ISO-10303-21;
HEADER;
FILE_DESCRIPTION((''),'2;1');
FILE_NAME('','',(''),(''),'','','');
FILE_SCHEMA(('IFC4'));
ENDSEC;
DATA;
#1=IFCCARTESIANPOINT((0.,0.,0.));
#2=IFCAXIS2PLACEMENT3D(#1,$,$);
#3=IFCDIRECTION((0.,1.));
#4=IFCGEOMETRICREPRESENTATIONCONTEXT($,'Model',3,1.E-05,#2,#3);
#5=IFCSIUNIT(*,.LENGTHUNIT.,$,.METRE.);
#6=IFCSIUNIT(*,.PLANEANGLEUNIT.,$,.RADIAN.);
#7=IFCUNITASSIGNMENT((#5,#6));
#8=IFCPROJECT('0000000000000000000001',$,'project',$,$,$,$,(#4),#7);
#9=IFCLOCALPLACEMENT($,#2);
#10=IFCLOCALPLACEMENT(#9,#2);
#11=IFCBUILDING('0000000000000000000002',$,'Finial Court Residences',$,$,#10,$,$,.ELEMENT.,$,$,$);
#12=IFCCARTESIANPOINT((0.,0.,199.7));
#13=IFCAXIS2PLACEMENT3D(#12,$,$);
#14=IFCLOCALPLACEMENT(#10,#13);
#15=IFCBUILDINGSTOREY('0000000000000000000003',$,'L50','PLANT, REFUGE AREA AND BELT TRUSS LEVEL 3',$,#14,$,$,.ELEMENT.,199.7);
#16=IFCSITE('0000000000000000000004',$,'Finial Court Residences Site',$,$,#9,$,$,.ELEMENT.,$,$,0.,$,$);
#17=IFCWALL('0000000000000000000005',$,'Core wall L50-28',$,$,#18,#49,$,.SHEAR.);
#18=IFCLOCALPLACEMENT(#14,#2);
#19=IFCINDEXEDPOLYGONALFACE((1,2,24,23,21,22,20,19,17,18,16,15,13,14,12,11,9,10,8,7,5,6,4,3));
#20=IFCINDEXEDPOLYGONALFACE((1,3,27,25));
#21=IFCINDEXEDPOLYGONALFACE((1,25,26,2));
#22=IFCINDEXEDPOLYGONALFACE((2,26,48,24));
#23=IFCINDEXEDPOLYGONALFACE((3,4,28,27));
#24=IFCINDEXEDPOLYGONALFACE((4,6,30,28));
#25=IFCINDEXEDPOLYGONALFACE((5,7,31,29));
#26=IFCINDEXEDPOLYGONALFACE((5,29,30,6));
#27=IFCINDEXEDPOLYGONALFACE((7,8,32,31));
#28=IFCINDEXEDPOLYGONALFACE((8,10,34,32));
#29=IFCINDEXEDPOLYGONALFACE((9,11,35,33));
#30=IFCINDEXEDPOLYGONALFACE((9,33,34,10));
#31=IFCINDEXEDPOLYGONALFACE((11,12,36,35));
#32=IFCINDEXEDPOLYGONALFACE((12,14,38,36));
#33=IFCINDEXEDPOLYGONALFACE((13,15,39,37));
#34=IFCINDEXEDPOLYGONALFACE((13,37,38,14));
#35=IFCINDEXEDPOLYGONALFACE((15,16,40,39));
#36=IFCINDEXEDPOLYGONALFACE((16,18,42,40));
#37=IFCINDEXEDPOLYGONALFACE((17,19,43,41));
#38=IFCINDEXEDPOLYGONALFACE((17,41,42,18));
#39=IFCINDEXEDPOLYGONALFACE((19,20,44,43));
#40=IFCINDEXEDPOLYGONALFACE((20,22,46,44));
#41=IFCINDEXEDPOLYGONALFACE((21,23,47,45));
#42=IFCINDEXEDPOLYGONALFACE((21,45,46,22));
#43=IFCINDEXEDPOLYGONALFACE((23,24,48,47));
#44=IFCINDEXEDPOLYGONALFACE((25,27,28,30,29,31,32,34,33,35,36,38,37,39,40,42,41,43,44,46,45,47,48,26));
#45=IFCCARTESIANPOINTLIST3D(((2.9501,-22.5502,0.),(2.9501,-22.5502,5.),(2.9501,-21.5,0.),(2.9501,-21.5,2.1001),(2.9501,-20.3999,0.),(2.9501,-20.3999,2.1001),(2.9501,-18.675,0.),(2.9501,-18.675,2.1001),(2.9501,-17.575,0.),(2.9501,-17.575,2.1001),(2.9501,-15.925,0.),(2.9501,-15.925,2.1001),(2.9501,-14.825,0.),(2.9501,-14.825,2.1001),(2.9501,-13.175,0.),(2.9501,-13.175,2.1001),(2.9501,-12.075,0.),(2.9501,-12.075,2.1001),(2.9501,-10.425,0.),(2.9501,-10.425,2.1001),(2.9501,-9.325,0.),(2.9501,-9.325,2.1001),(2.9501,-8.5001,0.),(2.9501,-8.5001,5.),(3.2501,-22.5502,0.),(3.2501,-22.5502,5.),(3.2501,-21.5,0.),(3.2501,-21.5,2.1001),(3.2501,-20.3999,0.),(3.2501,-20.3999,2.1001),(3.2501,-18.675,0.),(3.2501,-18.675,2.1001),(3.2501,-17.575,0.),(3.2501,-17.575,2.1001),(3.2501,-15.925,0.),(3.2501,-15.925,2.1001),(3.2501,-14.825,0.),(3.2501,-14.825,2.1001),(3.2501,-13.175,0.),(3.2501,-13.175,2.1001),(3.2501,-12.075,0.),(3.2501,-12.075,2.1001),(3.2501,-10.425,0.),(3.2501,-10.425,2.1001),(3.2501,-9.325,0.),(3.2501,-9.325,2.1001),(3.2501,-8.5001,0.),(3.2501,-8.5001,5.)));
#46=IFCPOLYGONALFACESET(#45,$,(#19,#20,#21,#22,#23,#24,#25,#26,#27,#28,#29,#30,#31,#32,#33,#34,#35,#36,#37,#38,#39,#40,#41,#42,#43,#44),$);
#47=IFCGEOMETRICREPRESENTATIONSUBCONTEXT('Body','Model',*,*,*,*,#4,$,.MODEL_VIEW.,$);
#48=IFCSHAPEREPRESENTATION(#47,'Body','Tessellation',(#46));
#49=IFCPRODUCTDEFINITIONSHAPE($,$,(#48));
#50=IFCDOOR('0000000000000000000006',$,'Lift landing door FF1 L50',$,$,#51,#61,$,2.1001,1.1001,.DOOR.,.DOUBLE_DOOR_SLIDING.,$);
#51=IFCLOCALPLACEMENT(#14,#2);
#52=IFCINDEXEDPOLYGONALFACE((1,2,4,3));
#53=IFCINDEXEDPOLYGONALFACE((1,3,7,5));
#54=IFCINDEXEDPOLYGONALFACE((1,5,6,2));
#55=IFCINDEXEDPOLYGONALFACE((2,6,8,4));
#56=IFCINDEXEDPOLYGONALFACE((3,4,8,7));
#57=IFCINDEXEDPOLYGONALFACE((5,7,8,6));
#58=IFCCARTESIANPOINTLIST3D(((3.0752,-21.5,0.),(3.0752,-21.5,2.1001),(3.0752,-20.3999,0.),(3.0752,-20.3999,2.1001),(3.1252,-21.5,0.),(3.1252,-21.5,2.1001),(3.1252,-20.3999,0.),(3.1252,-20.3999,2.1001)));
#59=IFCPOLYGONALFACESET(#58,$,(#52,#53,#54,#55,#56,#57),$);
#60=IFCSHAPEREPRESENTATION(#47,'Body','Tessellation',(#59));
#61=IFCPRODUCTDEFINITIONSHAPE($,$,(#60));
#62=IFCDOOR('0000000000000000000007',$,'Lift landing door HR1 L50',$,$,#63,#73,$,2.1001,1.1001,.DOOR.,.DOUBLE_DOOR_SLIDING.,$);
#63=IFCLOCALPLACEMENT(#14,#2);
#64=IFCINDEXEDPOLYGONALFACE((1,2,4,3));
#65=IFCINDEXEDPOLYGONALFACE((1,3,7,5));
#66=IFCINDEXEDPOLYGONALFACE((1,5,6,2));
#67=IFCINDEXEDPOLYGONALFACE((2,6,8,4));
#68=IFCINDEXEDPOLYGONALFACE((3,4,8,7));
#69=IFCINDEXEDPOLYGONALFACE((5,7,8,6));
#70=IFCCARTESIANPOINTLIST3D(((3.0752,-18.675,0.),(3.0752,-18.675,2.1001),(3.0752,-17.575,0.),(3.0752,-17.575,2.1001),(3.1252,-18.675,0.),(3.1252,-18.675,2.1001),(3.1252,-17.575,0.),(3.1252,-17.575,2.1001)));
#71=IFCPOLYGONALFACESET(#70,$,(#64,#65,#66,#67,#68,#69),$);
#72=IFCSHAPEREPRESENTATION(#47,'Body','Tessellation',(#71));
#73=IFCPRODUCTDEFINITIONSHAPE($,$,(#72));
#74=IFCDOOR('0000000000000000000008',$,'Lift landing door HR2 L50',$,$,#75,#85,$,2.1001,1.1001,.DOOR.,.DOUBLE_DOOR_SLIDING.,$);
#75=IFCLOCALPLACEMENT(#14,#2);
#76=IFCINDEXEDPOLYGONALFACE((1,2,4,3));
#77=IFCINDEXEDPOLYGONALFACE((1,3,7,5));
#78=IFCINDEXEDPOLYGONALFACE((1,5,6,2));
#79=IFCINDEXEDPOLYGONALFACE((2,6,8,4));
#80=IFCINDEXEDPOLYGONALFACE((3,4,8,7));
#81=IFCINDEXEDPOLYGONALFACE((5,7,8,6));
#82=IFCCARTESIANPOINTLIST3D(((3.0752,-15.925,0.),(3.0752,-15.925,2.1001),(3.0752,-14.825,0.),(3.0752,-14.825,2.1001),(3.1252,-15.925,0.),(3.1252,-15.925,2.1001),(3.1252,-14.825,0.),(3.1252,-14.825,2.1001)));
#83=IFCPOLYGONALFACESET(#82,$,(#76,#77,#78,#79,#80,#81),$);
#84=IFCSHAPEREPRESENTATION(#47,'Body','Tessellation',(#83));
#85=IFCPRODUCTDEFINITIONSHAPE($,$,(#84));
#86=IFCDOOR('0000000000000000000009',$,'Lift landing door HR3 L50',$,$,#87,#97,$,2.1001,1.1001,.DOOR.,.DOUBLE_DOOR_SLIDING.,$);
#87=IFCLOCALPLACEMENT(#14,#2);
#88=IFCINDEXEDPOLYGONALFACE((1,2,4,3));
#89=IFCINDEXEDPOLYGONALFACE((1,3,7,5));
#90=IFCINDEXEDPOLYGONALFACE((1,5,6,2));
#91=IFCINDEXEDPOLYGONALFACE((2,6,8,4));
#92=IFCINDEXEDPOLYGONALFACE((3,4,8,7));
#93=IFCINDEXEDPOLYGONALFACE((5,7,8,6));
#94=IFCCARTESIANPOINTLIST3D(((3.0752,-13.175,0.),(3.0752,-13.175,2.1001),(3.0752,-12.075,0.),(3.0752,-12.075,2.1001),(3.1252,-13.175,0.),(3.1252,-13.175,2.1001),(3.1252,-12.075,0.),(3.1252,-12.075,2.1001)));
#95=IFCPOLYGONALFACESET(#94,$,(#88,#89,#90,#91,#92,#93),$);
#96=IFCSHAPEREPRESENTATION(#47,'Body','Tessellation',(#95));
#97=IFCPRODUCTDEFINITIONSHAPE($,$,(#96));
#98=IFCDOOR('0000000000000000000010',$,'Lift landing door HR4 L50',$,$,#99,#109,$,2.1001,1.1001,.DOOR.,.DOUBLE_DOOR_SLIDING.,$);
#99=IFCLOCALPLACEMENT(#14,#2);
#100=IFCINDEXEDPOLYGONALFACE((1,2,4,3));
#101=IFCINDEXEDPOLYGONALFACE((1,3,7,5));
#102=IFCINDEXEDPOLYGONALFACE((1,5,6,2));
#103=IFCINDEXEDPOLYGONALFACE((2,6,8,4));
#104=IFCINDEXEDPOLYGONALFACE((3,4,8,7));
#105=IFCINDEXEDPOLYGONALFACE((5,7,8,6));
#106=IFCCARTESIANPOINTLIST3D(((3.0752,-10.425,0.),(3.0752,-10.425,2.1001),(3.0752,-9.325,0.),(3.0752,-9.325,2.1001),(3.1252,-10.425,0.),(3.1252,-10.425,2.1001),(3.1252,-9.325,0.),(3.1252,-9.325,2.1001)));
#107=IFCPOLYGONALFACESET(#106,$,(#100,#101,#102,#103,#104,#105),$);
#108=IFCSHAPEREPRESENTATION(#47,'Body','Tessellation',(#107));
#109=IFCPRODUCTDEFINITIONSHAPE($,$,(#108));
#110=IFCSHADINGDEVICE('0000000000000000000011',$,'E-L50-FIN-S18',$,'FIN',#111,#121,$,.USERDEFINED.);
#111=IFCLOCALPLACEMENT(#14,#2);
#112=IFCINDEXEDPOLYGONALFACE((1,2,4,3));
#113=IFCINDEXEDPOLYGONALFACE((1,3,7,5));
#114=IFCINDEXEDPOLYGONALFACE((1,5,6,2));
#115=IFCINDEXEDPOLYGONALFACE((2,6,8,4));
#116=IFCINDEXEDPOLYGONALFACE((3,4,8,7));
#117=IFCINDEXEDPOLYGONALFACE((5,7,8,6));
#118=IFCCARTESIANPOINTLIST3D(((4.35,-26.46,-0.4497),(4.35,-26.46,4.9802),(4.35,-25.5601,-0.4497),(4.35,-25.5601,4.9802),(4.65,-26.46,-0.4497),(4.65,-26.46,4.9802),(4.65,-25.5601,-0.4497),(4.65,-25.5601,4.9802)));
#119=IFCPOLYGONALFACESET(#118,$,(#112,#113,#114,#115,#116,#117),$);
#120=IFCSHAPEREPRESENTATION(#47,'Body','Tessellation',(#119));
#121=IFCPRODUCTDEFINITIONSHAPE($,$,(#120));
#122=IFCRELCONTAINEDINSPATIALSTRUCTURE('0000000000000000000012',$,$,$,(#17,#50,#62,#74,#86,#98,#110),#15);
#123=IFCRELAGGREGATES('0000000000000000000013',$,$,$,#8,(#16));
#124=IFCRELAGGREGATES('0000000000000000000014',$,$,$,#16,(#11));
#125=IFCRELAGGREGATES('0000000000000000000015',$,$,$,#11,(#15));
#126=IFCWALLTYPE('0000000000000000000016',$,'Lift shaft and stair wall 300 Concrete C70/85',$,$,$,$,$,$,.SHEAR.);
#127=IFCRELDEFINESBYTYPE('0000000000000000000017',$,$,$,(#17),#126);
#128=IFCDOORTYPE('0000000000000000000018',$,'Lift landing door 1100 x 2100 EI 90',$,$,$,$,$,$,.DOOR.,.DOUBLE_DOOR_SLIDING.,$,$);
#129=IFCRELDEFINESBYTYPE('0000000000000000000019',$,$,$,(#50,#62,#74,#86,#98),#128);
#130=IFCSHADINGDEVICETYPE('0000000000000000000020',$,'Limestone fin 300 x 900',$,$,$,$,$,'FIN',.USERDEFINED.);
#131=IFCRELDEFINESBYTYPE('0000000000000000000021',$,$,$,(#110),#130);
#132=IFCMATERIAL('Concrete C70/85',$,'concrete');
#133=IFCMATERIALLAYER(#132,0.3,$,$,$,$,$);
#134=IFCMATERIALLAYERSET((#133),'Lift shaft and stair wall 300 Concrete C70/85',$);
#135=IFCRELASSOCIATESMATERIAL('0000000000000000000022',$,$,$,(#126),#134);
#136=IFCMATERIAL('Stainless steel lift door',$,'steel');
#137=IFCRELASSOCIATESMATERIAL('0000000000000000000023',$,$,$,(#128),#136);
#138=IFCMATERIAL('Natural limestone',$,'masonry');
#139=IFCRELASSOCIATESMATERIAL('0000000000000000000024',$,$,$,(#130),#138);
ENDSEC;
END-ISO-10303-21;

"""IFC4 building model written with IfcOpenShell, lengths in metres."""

from ifc_helpers import new_model, si_unit, direction, frame, frame_2d, origin, origin_2d, place, context, subcontext, project, spatial, rectangle, extrude, material, layer, layer_set, type_object, element, fill, save


model = new_model("IFC4")

# Units and contexts
model_context = context("Model", 3, precision=1e-05, world=origin(), true_north=direction((0.0, 1.0)))
body_context = subcontext(model_context, "Body", "Model", "MODEL_VIEW")
ifc_project = project(units=[si_unit("LENGTHUNIT", "METRE"), si_unit("PLANEANGLEUNIT", "RADIAN")], contexts=[model_context])

# Site, building, storey
site_placement = place(None, origin())
site = spatial("IfcSite", under=ifc_project, at=site_placement, Name="Finial Court Residences Site", CompositionType="ELEMENT", RefElevation=0.0)
building_placement = place(site_placement, origin())
building = spatial("IfcBuilding", under=site, at=building_placement, Name="Finial Court Residences", CompositionType="ELEMENT")
storey_placement = place(building_placement, frame((0.0, 0.0, 199.7)))
storey = spatial("IfcBuildingStorey", under=building, at=storey_placement, Name="L50", Description="PLANT, REFUGE AREA AND BELT TRUSS LEVEL 3", CompositionType="ELEMENT", Elevation=199.7)

# Shared definitions
ifc_material_1 = material(Name="Concrete C70/85", Category="concrete")
ifc_layer_1 = layer(ifc_material_1, 0.3)
ifc_layer_set_1 = layer_set([ifc_layer_1], Name="Lift shaft and stair wall 300 Concrete C70/85")
wall_type_1 = type_object("IfcWallType", Name="Lift shaft and stair wall 300 Concrete C70/85", PredefinedType="SHEAR", material=ifc_layer_set_1)

# Wall, openings, doors
wall_1_placement = place(storey_placement, frame((3.1001, -22.55, 0.0), z_axis=(0.0, 0.0, 1.0), x_axis=(0.0, 1.0, 0.0)))
wall_1 = element("IfcWall", 1, at=wall_1_placement, inside=storey, type_object=wall_type_1, Name="Core wall L50-28", PredefinedType="SHEAR", context=body_context, shape_type="SweptSolid", body=[
    extrude(rectangle(XDim=14.05, YDim=0.3, at=frame_2d((7.0249, 0.0))), origin(), (0.0, 0.0, 1.0), 5.0),
])
opening_1_placement = place(wall_1_placement, frame((1.05, 0.0, 0.0)))
opening_1 = element("IfcOpeningElement", 2, at=opening_1_placement, cuts=wall_1, PredefinedType="OPENING", context=body_context, shape_type="SweptSolid", body=[
    extrude(rectangle(XDim=1.1001, YDim=2.1001, at=frame_2d((0.55, 1.05))), frame((0.0, 0.1599, 0.0), z_axis=(0.0, -1.0, 0.0), x_axis=(1.0, 0.0, 0.0)), (0.0, 0.0, 1.0), 0.3201),
])
opening_2_placement = place(wall_1_placement, frame((3.875, 0.0, 0.0)))
opening_2 = element("IfcOpeningElement", 3, at=opening_2_placement, cuts=wall_1, PredefinedType="OPENING", context=body_context, shape_type="SweptSolid", body=[
    extrude(rectangle(XDim=1.1001, YDim=2.1001, at=frame_2d((0.55, 1.05))), frame((0.0, 0.1599, 0.0), z_axis=(0.0, -1.0, 0.0), x_axis=(1.0, 0.0, 0.0)), (0.0, 0.0, 1.0), 0.3201),
])
opening_3_placement = place(wall_1_placement, frame((6.625, 0.0, 0.0)))
opening_3 = element("IfcOpeningElement", 4, at=opening_3_placement, cuts=wall_1, PredefinedType="OPENING", context=body_context, shape_type="SweptSolid", body=[
    extrude(rectangle(XDim=1.1001, YDim=2.1001, at=frame_2d((0.55, 1.05))), frame((0.0, 0.1599, 0.0), z_axis=(0.0, -1.0, 0.0), x_axis=(1.0, 0.0, 0.0)), (0.0, 0.0, 1.0), 0.3201),
])
opening_4_placement = place(wall_1_placement, frame((9.375, 0.0, 0.0)))
opening_4 = element("IfcOpeningElement", 5, at=opening_4_placement, cuts=wall_1, PredefinedType="OPENING", context=body_context, shape_type="SweptSolid", body=[
    extrude(rectangle(XDim=1.1001, YDim=2.1001, at=frame_2d((0.55, 1.05))), frame((0.0, 0.1599, 0.0), z_axis=(0.0, -1.0, 0.0), x_axis=(1.0, 0.0, 0.0)), (0.0, 0.0, 1.0), 0.3201),
])
opening_5_placement = place(wall_1_placement, frame((12.125, 0.0, 0.0)))
opening_5 = element("IfcOpeningElement", 6, at=opening_5_placement, cuts=wall_1, PredefinedType="OPENING", context=body_context, shape_type="SweptSolid", body=[
    extrude(rectangle(XDim=1.1001, YDim=2.1001, at=frame_2d((0.55, 1.05))), frame((0.0, 0.1599, 0.0), z_axis=(0.0, -1.0, 0.0), x_axis=(1.0, 0.0, 0.0)), (0.0, 0.0, 1.0), 0.3201),
])
ifc_material_2 = material(Name="Stainless steel lift door", Category="steel")
door_type_1 = type_object("IfcDoorType", Name="Lift landing door 1100 x 2100 EI 90", OperationType="DOUBLE_DOOR_SLIDING", PredefinedType="DOOR", material=ifc_material_2)
door_1_placement = place(opening_1_placement, origin())
door_1 = element("IfcDoor", 7, at=door_1_placement, inside=storey, type_object=door_type_1, Name="Lift landing door FF1 L50", OperationType="DOUBLE_DOOR_SLIDING", OverallHeight=2.1001, OverallWidth=1.1001, PredefinedType="DOOR", context=body_context, shape_type="SweptSolid", body=[
    extrude(rectangle(XDim=1.1001, YDim=2.1001, at=frame_2d((0.55, 1.05))), frame((0.0, 0.0249, 0.0), z_axis=(0.0, -1.0, 0.0), x_axis=(1.0, 0.0, 0.0)), (0.0, 0.0, 1.0), 0.05),
])
fill(opening_1, door_1)
door_2_placement = place(opening_2_placement, origin())
door_2 = element("IfcDoor", 8, at=door_2_placement, inside=storey, type_object=door_type_1, Name="Lift landing door HR1 L50", OperationType="DOUBLE_DOOR_SLIDING", OverallHeight=2.1001, OverallWidth=1.1001, PredefinedType="DOOR", context=body_context, shape_type="SweptSolid", body=[
    extrude(rectangle(XDim=1.1001, YDim=2.1001, at=frame_2d((0.55, 1.05))), frame((0.0, 0.0249, 0.0), z_axis=(0.0, -1.0, 0.0), x_axis=(1.0, 0.0, 0.0)), (0.0, 0.0, 1.0), 0.05),
])
fill(opening_2, door_2)
door_3_placement = place(opening_3_placement, origin())
door_3 = element("IfcDoor", 9, at=door_3_placement, inside=storey, type_object=door_type_1, Name="Lift landing door HR2 L50", OperationType="DOUBLE_DOOR_SLIDING", OverallHeight=2.1001, OverallWidth=1.1001, PredefinedType="DOOR", context=body_context, shape_type="SweptSolid", body=[
    extrude(rectangle(XDim=1.1001, YDim=2.1001, at=frame_2d((0.55, 1.05))), frame((0.0, 0.0249, 0.0), z_axis=(0.0, -1.0, 0.0), x_axis=(1.0, 0.0, 0.0)), (0.0, 0.0, 1.0), 0.05),
])
fill(opening_3, door_3)
door_4_placement = place(opening_4_placement, origin())
door_4 = element("IfcDoor", 10, at=door_4_placement, inside=storey, type_object=door_type_1, Name="Lift landing door HR3 L50", OperationType="DOUBLE_DOOR_SLIDING", OverallHeight=2.1001, OverallWidth=1.1001, PredefinedType="DOOR", context=body_context, shape_type="SweptSolid", body=[
    extrude(rectangle(XDim=1.1001, YDim=2.1001, at=frame_2d((0.55, 1.05))), frame((0.0, 0.0249, 0.0), z_axis=(0.0, -1.0, 0.0), x_axis=(1.0, 0.0, 0.0)), (0.0, 0.0, 1.0), 0.05),
])
fill(opening_4, door_4)
door_5_placement = place(opening_5_placement, origin())
door_5 = element("IfcDoor", 11, at=door_5_placement, inside=storey, type_object=door_type_1, Name="Lift landing door HR4 L50", OperationType="DOUBLE_DOOR_SLIDING", OverallHeight=2.1001, OverallWidth=1.1001, PredefinedType="DOOR", context=body_context, shape_type="SweptSolid", body=[
    extrude(rectangle(XDim=1.1001, YDim=2.1001, at=frame_2d((0.55, 1.05))), frame((0.0, 0.0249, 0.0), z_axis=(0.0, -1.0, 0.0), x_axis=(1.0, 0.0, 0.0)), (0.0, 0.0, 1.0), 0.05),
])
fill(opening_5, door_5)

# Shading device
ifc_material_3 = material(Name="Natural limestone", Category="masonry")
shading_device_type = type_object("IfcShadingDeviceType", Name="Limestone fin 300 x 900", ElementType="FIN", PredefinedType="USERDEFINED", material=ifc_material_3)
shading_device_placement = place(storey_placement, frame((4.5, -26.01, -0.4497), z_axis=(0.0, 0.0, 1.0), x_axis=(1.0, 0.0, 0.0)))
element("IfcShadingDevice", 12, at=shading_device_placement, inside=storey, type_object=shading_device_type, Name="E-L50-FIN-S18", ObjectType="FIN", PredefinedType="USERDEFINED", context=body_context, shape_type="SweptSolid", body=[
    extrude(rectangle(XDim=0.3, YDim=0.8999, at=origin_2d()), origin(), (0.0, 0.0, 1.0), 5.4299),
])

save(model, "model.ifc")
